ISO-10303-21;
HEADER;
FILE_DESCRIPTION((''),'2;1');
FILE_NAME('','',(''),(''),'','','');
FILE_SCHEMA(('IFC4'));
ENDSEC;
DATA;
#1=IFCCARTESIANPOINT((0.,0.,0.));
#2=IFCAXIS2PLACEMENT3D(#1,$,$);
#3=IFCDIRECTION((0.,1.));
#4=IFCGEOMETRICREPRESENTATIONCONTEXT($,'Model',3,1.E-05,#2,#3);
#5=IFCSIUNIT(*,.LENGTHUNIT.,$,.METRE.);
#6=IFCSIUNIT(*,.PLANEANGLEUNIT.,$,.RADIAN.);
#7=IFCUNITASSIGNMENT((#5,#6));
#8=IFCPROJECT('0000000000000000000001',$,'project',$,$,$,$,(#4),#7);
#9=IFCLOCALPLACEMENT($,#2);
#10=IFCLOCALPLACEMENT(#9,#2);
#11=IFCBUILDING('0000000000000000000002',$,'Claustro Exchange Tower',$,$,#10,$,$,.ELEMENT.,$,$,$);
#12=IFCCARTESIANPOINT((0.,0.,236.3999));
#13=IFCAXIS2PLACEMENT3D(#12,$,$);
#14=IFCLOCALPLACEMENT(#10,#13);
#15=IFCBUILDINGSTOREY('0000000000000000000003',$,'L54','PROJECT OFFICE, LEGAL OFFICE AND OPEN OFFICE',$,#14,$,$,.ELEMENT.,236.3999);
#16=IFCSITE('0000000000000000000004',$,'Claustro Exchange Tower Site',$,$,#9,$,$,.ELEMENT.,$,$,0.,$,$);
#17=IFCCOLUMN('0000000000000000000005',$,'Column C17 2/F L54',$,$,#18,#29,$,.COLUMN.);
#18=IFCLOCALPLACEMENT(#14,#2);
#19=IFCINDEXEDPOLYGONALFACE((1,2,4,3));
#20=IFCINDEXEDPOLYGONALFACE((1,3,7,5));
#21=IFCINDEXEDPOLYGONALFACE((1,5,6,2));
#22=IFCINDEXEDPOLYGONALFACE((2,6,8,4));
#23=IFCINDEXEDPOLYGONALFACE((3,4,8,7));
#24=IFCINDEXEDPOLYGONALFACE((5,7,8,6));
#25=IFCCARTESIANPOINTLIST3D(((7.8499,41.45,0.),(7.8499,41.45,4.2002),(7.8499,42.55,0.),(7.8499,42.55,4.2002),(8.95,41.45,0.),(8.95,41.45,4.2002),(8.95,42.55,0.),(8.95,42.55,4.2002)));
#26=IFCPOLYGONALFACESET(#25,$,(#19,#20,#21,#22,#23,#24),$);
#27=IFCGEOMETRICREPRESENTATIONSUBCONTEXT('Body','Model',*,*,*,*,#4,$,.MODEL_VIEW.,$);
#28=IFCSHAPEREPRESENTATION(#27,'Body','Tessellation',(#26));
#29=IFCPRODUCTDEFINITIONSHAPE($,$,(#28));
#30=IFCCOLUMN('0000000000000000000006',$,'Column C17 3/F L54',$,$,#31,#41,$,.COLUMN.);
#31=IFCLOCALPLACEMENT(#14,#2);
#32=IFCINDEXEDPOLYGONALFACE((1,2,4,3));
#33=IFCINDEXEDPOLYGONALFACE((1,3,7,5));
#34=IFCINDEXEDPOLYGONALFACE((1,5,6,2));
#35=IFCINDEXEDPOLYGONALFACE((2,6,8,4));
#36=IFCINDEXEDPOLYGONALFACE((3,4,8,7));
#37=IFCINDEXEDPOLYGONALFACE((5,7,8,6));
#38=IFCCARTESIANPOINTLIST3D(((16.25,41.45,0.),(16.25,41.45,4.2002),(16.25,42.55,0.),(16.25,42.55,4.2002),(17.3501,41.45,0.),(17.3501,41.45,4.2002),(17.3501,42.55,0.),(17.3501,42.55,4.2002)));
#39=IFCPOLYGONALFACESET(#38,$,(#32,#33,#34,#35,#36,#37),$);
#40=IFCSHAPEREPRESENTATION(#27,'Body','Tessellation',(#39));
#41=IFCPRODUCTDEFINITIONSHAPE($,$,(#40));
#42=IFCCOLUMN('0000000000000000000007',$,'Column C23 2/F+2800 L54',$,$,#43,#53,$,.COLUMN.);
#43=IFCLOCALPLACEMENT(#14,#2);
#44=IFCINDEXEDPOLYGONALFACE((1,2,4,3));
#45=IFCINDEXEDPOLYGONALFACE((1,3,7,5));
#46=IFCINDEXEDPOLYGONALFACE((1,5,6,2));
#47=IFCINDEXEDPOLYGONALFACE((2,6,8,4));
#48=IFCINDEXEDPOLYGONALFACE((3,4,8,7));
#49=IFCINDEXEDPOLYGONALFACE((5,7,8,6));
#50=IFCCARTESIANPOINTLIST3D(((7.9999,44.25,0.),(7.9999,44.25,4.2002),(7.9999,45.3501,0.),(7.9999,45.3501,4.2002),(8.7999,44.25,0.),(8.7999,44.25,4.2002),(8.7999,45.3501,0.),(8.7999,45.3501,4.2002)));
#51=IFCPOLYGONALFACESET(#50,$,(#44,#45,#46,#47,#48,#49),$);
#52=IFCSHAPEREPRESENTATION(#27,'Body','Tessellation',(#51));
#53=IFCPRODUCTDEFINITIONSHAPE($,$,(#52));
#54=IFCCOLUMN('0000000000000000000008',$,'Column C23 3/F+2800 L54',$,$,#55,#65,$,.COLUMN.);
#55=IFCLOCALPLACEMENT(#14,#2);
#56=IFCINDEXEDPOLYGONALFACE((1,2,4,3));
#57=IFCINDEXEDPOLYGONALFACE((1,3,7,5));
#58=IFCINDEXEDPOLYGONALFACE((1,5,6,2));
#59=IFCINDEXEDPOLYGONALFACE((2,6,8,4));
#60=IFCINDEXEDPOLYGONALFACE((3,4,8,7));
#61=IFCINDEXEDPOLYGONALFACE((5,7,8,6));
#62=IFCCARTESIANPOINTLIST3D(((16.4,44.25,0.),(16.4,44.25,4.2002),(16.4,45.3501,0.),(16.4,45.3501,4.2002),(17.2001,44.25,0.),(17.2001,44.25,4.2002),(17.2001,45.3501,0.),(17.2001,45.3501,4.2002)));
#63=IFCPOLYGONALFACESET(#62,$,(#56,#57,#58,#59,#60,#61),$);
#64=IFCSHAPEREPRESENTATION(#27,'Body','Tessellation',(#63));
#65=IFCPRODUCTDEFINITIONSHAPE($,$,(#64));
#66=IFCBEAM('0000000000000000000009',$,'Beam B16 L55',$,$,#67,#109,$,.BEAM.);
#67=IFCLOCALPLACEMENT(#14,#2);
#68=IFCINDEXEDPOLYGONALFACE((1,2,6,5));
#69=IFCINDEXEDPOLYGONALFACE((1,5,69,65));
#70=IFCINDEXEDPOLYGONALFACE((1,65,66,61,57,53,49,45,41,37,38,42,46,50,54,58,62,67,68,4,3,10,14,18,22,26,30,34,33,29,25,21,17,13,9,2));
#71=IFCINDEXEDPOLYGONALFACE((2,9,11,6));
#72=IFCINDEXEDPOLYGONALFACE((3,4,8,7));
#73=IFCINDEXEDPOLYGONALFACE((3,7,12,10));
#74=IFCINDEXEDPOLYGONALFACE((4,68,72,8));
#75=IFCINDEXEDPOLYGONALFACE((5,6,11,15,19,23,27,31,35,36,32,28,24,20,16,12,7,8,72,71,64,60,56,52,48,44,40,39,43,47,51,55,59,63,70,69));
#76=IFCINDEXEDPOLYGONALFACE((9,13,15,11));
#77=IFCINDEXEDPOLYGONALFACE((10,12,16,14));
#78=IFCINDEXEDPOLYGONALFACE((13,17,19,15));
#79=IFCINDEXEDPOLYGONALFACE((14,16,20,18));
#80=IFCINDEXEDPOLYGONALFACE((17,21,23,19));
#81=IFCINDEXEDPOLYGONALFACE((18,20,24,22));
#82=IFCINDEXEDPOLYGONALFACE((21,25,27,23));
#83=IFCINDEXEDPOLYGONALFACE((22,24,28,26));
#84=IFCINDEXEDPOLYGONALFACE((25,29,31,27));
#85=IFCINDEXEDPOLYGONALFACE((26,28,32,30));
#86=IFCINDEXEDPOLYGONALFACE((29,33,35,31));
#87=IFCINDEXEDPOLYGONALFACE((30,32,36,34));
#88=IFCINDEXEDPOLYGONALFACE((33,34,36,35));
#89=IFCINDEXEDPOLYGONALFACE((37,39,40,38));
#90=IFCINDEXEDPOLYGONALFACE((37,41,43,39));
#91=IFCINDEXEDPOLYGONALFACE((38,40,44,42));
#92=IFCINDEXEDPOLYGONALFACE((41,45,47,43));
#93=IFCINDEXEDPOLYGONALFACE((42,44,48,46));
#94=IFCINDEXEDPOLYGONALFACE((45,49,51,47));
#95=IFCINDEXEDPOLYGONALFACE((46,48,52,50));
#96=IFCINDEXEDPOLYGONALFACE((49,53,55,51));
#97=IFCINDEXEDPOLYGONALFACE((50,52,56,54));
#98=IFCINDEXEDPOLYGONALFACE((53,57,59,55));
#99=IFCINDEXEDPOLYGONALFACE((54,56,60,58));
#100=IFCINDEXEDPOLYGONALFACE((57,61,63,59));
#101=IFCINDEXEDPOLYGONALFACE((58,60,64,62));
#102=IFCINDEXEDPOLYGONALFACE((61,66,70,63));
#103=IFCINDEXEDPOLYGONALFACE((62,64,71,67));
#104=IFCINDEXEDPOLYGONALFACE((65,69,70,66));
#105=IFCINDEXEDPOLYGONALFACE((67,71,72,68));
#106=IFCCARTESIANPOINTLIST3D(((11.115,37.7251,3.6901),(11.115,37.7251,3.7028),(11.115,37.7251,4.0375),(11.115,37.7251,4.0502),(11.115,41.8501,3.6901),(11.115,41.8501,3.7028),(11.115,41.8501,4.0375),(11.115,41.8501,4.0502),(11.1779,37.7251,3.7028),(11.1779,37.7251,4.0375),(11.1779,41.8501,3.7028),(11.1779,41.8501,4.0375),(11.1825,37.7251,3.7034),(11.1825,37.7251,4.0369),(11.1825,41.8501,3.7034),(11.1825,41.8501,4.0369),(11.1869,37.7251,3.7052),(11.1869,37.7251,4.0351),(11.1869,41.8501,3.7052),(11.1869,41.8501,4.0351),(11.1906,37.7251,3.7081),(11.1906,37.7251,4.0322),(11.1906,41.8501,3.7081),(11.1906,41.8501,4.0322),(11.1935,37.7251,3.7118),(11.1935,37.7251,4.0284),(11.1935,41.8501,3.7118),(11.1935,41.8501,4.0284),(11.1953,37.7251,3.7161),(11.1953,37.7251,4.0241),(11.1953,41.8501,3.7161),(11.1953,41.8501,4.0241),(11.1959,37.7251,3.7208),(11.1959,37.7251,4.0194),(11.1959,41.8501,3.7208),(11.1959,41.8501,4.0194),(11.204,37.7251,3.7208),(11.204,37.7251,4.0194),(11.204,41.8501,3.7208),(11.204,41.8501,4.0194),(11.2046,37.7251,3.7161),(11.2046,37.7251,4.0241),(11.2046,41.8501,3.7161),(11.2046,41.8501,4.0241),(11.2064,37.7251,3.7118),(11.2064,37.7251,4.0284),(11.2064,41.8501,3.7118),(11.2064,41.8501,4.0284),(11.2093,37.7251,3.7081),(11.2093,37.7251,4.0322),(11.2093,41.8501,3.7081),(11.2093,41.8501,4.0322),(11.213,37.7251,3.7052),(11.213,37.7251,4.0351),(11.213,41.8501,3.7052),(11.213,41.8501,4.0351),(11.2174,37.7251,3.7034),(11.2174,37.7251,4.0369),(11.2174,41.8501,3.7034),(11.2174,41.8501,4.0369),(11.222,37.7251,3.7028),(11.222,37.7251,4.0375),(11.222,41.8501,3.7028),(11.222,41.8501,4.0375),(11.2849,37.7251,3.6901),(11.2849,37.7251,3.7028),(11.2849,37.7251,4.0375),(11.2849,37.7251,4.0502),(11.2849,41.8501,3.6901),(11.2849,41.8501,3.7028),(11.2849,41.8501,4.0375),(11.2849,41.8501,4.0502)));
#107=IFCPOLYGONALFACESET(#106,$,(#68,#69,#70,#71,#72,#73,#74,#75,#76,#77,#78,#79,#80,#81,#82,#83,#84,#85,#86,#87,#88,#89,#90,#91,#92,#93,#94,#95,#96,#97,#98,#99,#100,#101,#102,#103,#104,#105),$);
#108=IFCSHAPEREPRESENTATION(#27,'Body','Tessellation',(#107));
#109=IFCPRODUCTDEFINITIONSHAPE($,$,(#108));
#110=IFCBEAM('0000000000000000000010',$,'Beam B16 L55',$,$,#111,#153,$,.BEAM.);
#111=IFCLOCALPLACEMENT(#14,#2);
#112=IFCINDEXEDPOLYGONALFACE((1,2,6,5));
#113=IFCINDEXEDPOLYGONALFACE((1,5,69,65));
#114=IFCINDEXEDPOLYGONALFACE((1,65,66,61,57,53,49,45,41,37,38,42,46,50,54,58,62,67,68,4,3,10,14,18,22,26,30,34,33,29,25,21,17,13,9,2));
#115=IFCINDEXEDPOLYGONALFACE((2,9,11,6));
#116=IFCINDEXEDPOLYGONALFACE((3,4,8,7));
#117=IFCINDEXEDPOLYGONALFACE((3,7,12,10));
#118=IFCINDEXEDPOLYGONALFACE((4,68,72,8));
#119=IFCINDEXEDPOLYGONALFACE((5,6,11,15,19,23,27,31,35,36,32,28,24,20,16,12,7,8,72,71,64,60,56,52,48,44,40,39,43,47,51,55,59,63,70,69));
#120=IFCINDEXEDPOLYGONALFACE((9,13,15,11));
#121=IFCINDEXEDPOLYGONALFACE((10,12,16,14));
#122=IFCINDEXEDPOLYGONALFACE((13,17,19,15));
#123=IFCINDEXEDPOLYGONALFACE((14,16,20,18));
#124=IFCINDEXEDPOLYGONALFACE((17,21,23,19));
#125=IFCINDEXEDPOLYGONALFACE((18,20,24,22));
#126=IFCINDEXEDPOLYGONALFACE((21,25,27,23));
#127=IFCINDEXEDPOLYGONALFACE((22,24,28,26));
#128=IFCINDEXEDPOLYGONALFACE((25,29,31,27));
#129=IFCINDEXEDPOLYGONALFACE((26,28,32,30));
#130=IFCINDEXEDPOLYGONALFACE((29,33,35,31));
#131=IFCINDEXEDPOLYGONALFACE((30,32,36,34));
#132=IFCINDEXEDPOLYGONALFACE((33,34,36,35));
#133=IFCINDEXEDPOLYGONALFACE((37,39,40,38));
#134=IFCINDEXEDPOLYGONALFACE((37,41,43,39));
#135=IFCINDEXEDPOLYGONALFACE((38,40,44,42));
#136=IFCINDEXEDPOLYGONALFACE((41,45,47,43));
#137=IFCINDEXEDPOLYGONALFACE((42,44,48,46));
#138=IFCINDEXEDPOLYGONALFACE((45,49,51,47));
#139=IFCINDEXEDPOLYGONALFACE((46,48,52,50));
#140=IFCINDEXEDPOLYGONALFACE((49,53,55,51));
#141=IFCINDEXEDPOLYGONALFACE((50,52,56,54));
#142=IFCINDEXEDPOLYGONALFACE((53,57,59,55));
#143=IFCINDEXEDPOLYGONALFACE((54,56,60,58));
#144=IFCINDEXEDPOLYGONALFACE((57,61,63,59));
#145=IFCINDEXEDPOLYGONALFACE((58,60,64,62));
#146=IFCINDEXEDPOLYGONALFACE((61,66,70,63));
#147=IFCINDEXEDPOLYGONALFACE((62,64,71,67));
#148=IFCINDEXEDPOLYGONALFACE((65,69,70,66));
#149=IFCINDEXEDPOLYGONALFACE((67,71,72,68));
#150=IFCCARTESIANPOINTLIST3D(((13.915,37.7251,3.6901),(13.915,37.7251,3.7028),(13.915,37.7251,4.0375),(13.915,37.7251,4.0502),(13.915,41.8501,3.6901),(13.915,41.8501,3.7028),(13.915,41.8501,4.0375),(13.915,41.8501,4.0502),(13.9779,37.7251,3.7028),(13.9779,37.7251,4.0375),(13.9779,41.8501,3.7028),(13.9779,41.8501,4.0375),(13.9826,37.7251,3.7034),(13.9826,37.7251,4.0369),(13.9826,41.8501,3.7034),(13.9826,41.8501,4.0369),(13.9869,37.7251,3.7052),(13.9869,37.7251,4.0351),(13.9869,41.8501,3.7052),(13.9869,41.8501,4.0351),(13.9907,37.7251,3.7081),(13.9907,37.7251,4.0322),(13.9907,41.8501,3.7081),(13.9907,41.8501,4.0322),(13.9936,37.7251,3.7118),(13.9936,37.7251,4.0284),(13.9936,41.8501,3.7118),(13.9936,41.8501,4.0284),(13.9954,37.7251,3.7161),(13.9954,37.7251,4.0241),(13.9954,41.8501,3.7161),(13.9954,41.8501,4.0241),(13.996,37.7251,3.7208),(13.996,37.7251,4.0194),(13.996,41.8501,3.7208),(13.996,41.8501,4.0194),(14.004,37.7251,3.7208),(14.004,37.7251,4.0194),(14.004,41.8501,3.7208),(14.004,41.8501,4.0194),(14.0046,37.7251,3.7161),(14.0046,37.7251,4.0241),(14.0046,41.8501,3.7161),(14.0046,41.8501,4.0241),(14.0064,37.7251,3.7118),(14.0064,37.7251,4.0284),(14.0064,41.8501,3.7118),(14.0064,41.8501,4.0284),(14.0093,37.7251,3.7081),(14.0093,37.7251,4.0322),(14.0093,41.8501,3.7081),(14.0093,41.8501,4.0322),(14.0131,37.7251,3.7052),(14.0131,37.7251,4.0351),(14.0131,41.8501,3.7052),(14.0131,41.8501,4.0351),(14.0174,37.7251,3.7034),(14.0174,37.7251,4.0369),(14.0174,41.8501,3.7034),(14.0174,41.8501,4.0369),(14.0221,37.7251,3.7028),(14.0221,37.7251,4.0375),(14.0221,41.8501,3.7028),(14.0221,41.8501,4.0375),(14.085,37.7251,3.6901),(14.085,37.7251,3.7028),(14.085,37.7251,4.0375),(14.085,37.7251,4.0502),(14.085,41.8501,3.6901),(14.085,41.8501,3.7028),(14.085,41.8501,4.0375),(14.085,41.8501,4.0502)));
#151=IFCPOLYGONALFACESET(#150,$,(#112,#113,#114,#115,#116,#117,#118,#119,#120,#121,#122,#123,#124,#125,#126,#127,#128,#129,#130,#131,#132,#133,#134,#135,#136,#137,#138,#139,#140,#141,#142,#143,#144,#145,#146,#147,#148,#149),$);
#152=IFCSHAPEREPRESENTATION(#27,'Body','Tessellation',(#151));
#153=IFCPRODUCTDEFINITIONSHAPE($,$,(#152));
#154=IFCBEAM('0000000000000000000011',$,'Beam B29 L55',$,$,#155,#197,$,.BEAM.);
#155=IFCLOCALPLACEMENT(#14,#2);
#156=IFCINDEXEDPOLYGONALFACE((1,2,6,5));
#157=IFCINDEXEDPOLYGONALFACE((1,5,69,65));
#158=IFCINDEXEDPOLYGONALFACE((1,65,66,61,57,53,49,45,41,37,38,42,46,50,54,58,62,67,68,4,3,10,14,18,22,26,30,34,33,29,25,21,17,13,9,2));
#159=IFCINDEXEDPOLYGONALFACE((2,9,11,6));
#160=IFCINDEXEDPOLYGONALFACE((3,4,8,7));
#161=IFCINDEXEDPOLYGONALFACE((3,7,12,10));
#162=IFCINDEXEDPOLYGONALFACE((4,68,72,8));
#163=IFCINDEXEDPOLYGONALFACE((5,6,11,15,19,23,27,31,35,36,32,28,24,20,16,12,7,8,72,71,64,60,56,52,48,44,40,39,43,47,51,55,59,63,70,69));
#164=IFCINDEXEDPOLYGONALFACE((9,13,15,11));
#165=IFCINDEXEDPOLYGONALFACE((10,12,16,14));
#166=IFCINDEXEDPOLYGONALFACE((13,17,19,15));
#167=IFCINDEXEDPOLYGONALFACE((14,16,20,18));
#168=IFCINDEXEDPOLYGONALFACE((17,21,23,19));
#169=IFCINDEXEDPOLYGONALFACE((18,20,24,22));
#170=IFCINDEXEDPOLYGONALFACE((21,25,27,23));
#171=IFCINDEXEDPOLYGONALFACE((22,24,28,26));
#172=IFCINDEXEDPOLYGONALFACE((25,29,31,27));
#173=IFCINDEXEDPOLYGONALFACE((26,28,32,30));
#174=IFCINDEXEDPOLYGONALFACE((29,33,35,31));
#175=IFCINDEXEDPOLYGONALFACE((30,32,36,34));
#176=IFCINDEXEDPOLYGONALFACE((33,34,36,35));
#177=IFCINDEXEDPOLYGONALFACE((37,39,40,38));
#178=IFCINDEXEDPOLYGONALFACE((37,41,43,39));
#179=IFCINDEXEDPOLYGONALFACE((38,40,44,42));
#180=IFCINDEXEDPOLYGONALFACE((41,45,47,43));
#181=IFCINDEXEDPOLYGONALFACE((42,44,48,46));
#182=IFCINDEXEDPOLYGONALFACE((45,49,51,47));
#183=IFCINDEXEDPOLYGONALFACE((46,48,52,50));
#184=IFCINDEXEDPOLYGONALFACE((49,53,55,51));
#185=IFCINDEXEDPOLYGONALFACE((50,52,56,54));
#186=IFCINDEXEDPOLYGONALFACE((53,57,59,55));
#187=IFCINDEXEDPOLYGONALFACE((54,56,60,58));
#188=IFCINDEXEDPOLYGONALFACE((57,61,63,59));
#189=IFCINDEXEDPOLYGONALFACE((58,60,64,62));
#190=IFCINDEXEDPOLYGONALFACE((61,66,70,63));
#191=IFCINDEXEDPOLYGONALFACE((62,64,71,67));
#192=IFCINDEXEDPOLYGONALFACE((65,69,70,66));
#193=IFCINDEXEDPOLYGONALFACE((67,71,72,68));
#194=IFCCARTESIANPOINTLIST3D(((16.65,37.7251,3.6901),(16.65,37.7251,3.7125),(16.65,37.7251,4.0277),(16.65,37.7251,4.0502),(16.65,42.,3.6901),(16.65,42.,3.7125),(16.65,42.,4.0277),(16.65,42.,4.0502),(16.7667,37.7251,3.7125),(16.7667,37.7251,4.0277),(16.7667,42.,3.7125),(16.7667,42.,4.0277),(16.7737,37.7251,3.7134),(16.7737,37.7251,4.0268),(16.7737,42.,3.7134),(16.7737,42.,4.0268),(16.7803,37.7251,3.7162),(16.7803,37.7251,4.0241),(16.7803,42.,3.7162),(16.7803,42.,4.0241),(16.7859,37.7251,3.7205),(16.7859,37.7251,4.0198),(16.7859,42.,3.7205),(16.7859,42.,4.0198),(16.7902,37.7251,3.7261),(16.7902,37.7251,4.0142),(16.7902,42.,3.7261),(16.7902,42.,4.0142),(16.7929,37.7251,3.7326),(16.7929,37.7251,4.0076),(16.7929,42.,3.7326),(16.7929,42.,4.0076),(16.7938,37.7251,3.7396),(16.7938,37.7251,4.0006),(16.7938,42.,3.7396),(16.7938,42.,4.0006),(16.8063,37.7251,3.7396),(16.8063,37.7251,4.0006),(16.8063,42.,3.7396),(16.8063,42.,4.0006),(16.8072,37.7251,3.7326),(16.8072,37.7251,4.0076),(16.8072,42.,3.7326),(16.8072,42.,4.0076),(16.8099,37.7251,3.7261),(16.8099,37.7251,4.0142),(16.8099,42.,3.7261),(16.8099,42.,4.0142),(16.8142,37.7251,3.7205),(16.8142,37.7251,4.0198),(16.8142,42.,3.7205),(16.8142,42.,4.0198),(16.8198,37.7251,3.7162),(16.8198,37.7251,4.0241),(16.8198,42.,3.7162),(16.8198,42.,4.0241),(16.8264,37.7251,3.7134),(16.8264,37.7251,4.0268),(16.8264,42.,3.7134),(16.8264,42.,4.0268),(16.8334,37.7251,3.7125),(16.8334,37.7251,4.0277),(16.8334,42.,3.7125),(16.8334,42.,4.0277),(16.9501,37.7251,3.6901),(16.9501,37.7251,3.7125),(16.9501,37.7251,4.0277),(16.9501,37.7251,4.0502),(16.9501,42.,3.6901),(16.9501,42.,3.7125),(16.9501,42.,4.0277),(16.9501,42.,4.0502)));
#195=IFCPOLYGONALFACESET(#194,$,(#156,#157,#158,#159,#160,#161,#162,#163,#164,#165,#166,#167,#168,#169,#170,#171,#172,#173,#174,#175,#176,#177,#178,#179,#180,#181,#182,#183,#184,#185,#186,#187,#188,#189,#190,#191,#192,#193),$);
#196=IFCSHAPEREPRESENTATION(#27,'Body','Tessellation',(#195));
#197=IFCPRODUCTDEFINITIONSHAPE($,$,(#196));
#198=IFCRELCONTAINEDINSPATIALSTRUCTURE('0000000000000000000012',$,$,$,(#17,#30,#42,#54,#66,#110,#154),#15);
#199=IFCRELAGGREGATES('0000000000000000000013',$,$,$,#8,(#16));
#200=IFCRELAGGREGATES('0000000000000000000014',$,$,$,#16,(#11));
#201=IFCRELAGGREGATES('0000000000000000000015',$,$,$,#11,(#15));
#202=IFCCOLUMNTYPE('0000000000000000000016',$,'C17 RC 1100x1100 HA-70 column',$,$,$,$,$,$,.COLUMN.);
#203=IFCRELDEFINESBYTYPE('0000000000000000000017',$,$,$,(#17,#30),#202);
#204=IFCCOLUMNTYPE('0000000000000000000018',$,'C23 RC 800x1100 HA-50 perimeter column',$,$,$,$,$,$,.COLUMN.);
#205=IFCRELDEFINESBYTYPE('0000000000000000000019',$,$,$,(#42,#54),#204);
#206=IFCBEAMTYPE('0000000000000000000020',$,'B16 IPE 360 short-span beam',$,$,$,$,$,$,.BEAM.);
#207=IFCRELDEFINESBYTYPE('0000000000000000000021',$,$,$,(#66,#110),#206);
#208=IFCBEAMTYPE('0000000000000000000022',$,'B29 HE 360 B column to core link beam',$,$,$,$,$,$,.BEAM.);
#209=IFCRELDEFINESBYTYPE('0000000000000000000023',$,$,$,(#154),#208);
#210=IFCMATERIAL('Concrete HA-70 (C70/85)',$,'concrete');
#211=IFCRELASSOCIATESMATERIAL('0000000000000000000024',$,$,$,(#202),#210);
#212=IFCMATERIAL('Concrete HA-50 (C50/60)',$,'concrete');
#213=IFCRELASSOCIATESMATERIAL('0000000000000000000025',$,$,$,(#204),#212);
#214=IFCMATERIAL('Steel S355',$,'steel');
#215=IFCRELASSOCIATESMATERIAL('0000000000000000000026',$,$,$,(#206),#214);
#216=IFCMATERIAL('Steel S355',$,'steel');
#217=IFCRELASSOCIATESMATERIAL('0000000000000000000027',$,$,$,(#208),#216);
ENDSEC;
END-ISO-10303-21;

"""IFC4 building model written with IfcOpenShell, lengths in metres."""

from ifc_helpers import new_model, si_unit, direction, frame, origin, origin_2d, place, context, subcontext, project, spatial, rectangle, i_section, extrude, material, material_profile, profile_set, type_object, element, save


model = new_model("IFC4")

# Units and contexts
model_context = context("Model", 3, precision=1e-05, world=origin(), true_north=direction((0.0, 1.0)))
body_context = subcontext(model_context, "Body", "Model", "MODEL_VIEW")
ifc_project = project(units=[si_unit("LENGTHUNIT", "METRE"), si_unit("PLANEANGLEUNIT", "RADIAN")], contexts=[model_context])

# Site, building, storey
site_placement = place(None, origin())
site = spatial("IfcSite", under=ifc_project, at=site_placement, Name="Claustro Exchange Tower Site", CompositionType="ELEMENT", RefElevation=0.0)
building_placement = place(site_placement, origin())
building = spatial("IfcBuilding", under=site, at=building_placement, Name="Claustro Exchange Tower", CompositionType="ELEMENT")
storey_placement = place(building_placement, frame((0.0, 0.0, 236.3999)))
storey = spatial("IfcBuildingStorey", under=building, at=storey_placement, Name="L54", Description="PROJECT OFFICE, LEGAL OFFICE AND OPEN OFFICE", CompositionType="ELEMENT", Elevation=236.3999)

# Columns
ifc_material_1 = material(Name="Concrete HA-70 (C70/85)", Category="concrete")
ifc_material_profile_1 = material_profile(ifc_material_1, rectangle(XDim=1.1001, YDim=1.1001, at=origin_2d()), Name="RC 1100x1100")
ifc_profile_set_1 = profile_set([ifc_material_profile_1], Name="Concrete HA-70 (C70/85)")
column_type_1 = type_object("IfcColumnType", Name="C17 RC 1100x1100 HA-70 column", PredefinedType="COLUMN", material=ifc_profile_set_1)
for number, where, z_axis, x_axis, name in (
    (1, (8.3999, 42.0, 0.0), (0.0, 0.0, 1.0), (1.0, 0.0, 0.0), "Column C17 2/F L54"),
    (2, (16.8, 42.0, 0.0), (0.0, 0.0, 1.0), (1.0, 0.0, 0.0), "Column C17 3/F L54"),
):
    element("IfcColumn", number, at=place(storey_placement, frame(where, z_axis=z_axis, x_axis=x_axis)), inside=storey, type_object=column_type_1, Name=name, PredefinedType="COLUMN", context=body_context, shape_type="SweptSolid", body=[
        extrude(rectangle(XDim=1.1001, YDim=1.1001, at=origin_2d()), origin(), (0.0, 0.0, 1.0), 4.2002),
    ])
ifc_material_2 = material(Name="Concrete HA-50 (C50/60)", Category="concrete")
ifc_material_profile_2 = material_profile(ifc_material_2, rectangle(XDim=0.8, YDim=1.1001, at=origin_2d()), Name="RC 800x1100")
ifc_profile_set_2 = profile_set([ifc_material_profile_2], Name="Concrete HA-50 (C50/60)")
column_type_2 = type_object("IfcColumnType", Name="C23 RC 800x1100 HA-50 perimeter column", PredefinedType="COLUMN", material=ifc_profile_set_2)
for number, where, z_axis, x_axis, name in (
    (3, (8.3999, 44.8, 0.0), (0.0, 0.0, 1.0), (1.0, 0.0, 0.0), "Column C23 2/F+2800 L54"),
    (4, (16.8, 44.8, 0.0), (0.0, 0.0, 1.0), (1.0, 0.0, 0.0), "Column C23 3/F+2800 L54"),
):
    element("IfcColumn", number, at=place(storey_placement, frame(where, z_axis=z_axis, x_axis=x_axis)), inside=storey, type_object=column_type_2, Name=name, PredefinedType="COLUMN", context=body_context, shape_type="SweptSolid", body=[
        extrude(rectangle(XDim=0.8, YDim=1.1001, at=origin_2d()), origin(), (0.0, 0.0, 1.0), 4.2002),
    ])

# Beams
ifc_material_3 = material(Name="Steel S355", Category="steel")
ifc_material_profile_3 = material_profile(ifc_material_3, i_section(OverallWidth=0.1699, OverallDepth=0.3601, WebThickness=0.0081, FlangeThickness=0.0127, FilletRadius=0.0181, at=origin_2d()), Name="IPE 360")
ifc_profile_set_3 = profile_set([ifc_material_profile_3], Name="Steel S355")
beam_type_1 = type_object("IfcBeamType", Name="B16 IPE 360 short-span beam", PredefinedType="BEAM", material=ifc_profile_set_3)
for number, where, z_axis, x_axis, name in (
    (5, (11.2, 37.7251, 3.8701), (0.0, 1.0, 0.0), (-1.0, 0.0, 0.0), "Beam B16 L55"),
    (6, (14.0, 37.7251, 3.8701), (0.0, 1.0, 0.0), (-1.0, 0.0, 0.0), "Beam B16 L55"),
):
    element("IfcBeam", number, at=place(storey_placement, frame(where, z_axis=z_axis, x_axis=x_axis)), inside=storey, type_object=beam_type_1, Name=name, PredefinedType="BEAM", context=body_context, shape_type="SweptSolid", body=[
        extrude(i_section(OverallWidth=0.1699, OverallDepth=0.3601, WebThickness=0.0081, FlangeThickness=0.0127, FilletRadius=0.0181, at=origin_2d()), origin(), (0.0, 0.0, 1.0), 4.125),
    ])
ifc_material_4 = material(Name="Steel S355", Category="steel")
ifc_material_profile_4 = material_profile(ifc_material_4, i_section(OverallWidth=0.3, OverallDepth=0.3601, WebThickness=0.0125, FlangeThickness=0.0225, FilletRadius=0.0271, at=origin_2d()), Name="HE 360 B")
ifc_profile_set_4 = profile_set([ifc_material_profile_4], Name="Steel S355")
beam_type_2 = type_object("IfcBeamType", Name="B29 HE 360 B column to core link beam", PredefinedType="BEAM", material=ifc_profile_set_4)
beam_1_placement = place(storey_placement, frame((16.8, 37.7251, 3.8701), z_axis=(0.0, 1.0, 0.0), x_axis=(-1.0, 0.0, 0.0)))
element("IfcBeam", 7, at=beam_1_placement, inside=storey, type_object=beam_type_2, Name="Beam B29 L55", PredefinedType="BEAM", context=body_context, shape_type="SweptSolid", body=[
    extrude(i_section(OverallWidth=0.3, OverallDepth=0.3601, WebThickness=0.0125, FlangeThickness=0.0225, FilletRadius=0.0271, at=origin_2d()), origin(), (0.0, 0.0, 1.0), 4.2749),
])

save(model, "model.ifc")
